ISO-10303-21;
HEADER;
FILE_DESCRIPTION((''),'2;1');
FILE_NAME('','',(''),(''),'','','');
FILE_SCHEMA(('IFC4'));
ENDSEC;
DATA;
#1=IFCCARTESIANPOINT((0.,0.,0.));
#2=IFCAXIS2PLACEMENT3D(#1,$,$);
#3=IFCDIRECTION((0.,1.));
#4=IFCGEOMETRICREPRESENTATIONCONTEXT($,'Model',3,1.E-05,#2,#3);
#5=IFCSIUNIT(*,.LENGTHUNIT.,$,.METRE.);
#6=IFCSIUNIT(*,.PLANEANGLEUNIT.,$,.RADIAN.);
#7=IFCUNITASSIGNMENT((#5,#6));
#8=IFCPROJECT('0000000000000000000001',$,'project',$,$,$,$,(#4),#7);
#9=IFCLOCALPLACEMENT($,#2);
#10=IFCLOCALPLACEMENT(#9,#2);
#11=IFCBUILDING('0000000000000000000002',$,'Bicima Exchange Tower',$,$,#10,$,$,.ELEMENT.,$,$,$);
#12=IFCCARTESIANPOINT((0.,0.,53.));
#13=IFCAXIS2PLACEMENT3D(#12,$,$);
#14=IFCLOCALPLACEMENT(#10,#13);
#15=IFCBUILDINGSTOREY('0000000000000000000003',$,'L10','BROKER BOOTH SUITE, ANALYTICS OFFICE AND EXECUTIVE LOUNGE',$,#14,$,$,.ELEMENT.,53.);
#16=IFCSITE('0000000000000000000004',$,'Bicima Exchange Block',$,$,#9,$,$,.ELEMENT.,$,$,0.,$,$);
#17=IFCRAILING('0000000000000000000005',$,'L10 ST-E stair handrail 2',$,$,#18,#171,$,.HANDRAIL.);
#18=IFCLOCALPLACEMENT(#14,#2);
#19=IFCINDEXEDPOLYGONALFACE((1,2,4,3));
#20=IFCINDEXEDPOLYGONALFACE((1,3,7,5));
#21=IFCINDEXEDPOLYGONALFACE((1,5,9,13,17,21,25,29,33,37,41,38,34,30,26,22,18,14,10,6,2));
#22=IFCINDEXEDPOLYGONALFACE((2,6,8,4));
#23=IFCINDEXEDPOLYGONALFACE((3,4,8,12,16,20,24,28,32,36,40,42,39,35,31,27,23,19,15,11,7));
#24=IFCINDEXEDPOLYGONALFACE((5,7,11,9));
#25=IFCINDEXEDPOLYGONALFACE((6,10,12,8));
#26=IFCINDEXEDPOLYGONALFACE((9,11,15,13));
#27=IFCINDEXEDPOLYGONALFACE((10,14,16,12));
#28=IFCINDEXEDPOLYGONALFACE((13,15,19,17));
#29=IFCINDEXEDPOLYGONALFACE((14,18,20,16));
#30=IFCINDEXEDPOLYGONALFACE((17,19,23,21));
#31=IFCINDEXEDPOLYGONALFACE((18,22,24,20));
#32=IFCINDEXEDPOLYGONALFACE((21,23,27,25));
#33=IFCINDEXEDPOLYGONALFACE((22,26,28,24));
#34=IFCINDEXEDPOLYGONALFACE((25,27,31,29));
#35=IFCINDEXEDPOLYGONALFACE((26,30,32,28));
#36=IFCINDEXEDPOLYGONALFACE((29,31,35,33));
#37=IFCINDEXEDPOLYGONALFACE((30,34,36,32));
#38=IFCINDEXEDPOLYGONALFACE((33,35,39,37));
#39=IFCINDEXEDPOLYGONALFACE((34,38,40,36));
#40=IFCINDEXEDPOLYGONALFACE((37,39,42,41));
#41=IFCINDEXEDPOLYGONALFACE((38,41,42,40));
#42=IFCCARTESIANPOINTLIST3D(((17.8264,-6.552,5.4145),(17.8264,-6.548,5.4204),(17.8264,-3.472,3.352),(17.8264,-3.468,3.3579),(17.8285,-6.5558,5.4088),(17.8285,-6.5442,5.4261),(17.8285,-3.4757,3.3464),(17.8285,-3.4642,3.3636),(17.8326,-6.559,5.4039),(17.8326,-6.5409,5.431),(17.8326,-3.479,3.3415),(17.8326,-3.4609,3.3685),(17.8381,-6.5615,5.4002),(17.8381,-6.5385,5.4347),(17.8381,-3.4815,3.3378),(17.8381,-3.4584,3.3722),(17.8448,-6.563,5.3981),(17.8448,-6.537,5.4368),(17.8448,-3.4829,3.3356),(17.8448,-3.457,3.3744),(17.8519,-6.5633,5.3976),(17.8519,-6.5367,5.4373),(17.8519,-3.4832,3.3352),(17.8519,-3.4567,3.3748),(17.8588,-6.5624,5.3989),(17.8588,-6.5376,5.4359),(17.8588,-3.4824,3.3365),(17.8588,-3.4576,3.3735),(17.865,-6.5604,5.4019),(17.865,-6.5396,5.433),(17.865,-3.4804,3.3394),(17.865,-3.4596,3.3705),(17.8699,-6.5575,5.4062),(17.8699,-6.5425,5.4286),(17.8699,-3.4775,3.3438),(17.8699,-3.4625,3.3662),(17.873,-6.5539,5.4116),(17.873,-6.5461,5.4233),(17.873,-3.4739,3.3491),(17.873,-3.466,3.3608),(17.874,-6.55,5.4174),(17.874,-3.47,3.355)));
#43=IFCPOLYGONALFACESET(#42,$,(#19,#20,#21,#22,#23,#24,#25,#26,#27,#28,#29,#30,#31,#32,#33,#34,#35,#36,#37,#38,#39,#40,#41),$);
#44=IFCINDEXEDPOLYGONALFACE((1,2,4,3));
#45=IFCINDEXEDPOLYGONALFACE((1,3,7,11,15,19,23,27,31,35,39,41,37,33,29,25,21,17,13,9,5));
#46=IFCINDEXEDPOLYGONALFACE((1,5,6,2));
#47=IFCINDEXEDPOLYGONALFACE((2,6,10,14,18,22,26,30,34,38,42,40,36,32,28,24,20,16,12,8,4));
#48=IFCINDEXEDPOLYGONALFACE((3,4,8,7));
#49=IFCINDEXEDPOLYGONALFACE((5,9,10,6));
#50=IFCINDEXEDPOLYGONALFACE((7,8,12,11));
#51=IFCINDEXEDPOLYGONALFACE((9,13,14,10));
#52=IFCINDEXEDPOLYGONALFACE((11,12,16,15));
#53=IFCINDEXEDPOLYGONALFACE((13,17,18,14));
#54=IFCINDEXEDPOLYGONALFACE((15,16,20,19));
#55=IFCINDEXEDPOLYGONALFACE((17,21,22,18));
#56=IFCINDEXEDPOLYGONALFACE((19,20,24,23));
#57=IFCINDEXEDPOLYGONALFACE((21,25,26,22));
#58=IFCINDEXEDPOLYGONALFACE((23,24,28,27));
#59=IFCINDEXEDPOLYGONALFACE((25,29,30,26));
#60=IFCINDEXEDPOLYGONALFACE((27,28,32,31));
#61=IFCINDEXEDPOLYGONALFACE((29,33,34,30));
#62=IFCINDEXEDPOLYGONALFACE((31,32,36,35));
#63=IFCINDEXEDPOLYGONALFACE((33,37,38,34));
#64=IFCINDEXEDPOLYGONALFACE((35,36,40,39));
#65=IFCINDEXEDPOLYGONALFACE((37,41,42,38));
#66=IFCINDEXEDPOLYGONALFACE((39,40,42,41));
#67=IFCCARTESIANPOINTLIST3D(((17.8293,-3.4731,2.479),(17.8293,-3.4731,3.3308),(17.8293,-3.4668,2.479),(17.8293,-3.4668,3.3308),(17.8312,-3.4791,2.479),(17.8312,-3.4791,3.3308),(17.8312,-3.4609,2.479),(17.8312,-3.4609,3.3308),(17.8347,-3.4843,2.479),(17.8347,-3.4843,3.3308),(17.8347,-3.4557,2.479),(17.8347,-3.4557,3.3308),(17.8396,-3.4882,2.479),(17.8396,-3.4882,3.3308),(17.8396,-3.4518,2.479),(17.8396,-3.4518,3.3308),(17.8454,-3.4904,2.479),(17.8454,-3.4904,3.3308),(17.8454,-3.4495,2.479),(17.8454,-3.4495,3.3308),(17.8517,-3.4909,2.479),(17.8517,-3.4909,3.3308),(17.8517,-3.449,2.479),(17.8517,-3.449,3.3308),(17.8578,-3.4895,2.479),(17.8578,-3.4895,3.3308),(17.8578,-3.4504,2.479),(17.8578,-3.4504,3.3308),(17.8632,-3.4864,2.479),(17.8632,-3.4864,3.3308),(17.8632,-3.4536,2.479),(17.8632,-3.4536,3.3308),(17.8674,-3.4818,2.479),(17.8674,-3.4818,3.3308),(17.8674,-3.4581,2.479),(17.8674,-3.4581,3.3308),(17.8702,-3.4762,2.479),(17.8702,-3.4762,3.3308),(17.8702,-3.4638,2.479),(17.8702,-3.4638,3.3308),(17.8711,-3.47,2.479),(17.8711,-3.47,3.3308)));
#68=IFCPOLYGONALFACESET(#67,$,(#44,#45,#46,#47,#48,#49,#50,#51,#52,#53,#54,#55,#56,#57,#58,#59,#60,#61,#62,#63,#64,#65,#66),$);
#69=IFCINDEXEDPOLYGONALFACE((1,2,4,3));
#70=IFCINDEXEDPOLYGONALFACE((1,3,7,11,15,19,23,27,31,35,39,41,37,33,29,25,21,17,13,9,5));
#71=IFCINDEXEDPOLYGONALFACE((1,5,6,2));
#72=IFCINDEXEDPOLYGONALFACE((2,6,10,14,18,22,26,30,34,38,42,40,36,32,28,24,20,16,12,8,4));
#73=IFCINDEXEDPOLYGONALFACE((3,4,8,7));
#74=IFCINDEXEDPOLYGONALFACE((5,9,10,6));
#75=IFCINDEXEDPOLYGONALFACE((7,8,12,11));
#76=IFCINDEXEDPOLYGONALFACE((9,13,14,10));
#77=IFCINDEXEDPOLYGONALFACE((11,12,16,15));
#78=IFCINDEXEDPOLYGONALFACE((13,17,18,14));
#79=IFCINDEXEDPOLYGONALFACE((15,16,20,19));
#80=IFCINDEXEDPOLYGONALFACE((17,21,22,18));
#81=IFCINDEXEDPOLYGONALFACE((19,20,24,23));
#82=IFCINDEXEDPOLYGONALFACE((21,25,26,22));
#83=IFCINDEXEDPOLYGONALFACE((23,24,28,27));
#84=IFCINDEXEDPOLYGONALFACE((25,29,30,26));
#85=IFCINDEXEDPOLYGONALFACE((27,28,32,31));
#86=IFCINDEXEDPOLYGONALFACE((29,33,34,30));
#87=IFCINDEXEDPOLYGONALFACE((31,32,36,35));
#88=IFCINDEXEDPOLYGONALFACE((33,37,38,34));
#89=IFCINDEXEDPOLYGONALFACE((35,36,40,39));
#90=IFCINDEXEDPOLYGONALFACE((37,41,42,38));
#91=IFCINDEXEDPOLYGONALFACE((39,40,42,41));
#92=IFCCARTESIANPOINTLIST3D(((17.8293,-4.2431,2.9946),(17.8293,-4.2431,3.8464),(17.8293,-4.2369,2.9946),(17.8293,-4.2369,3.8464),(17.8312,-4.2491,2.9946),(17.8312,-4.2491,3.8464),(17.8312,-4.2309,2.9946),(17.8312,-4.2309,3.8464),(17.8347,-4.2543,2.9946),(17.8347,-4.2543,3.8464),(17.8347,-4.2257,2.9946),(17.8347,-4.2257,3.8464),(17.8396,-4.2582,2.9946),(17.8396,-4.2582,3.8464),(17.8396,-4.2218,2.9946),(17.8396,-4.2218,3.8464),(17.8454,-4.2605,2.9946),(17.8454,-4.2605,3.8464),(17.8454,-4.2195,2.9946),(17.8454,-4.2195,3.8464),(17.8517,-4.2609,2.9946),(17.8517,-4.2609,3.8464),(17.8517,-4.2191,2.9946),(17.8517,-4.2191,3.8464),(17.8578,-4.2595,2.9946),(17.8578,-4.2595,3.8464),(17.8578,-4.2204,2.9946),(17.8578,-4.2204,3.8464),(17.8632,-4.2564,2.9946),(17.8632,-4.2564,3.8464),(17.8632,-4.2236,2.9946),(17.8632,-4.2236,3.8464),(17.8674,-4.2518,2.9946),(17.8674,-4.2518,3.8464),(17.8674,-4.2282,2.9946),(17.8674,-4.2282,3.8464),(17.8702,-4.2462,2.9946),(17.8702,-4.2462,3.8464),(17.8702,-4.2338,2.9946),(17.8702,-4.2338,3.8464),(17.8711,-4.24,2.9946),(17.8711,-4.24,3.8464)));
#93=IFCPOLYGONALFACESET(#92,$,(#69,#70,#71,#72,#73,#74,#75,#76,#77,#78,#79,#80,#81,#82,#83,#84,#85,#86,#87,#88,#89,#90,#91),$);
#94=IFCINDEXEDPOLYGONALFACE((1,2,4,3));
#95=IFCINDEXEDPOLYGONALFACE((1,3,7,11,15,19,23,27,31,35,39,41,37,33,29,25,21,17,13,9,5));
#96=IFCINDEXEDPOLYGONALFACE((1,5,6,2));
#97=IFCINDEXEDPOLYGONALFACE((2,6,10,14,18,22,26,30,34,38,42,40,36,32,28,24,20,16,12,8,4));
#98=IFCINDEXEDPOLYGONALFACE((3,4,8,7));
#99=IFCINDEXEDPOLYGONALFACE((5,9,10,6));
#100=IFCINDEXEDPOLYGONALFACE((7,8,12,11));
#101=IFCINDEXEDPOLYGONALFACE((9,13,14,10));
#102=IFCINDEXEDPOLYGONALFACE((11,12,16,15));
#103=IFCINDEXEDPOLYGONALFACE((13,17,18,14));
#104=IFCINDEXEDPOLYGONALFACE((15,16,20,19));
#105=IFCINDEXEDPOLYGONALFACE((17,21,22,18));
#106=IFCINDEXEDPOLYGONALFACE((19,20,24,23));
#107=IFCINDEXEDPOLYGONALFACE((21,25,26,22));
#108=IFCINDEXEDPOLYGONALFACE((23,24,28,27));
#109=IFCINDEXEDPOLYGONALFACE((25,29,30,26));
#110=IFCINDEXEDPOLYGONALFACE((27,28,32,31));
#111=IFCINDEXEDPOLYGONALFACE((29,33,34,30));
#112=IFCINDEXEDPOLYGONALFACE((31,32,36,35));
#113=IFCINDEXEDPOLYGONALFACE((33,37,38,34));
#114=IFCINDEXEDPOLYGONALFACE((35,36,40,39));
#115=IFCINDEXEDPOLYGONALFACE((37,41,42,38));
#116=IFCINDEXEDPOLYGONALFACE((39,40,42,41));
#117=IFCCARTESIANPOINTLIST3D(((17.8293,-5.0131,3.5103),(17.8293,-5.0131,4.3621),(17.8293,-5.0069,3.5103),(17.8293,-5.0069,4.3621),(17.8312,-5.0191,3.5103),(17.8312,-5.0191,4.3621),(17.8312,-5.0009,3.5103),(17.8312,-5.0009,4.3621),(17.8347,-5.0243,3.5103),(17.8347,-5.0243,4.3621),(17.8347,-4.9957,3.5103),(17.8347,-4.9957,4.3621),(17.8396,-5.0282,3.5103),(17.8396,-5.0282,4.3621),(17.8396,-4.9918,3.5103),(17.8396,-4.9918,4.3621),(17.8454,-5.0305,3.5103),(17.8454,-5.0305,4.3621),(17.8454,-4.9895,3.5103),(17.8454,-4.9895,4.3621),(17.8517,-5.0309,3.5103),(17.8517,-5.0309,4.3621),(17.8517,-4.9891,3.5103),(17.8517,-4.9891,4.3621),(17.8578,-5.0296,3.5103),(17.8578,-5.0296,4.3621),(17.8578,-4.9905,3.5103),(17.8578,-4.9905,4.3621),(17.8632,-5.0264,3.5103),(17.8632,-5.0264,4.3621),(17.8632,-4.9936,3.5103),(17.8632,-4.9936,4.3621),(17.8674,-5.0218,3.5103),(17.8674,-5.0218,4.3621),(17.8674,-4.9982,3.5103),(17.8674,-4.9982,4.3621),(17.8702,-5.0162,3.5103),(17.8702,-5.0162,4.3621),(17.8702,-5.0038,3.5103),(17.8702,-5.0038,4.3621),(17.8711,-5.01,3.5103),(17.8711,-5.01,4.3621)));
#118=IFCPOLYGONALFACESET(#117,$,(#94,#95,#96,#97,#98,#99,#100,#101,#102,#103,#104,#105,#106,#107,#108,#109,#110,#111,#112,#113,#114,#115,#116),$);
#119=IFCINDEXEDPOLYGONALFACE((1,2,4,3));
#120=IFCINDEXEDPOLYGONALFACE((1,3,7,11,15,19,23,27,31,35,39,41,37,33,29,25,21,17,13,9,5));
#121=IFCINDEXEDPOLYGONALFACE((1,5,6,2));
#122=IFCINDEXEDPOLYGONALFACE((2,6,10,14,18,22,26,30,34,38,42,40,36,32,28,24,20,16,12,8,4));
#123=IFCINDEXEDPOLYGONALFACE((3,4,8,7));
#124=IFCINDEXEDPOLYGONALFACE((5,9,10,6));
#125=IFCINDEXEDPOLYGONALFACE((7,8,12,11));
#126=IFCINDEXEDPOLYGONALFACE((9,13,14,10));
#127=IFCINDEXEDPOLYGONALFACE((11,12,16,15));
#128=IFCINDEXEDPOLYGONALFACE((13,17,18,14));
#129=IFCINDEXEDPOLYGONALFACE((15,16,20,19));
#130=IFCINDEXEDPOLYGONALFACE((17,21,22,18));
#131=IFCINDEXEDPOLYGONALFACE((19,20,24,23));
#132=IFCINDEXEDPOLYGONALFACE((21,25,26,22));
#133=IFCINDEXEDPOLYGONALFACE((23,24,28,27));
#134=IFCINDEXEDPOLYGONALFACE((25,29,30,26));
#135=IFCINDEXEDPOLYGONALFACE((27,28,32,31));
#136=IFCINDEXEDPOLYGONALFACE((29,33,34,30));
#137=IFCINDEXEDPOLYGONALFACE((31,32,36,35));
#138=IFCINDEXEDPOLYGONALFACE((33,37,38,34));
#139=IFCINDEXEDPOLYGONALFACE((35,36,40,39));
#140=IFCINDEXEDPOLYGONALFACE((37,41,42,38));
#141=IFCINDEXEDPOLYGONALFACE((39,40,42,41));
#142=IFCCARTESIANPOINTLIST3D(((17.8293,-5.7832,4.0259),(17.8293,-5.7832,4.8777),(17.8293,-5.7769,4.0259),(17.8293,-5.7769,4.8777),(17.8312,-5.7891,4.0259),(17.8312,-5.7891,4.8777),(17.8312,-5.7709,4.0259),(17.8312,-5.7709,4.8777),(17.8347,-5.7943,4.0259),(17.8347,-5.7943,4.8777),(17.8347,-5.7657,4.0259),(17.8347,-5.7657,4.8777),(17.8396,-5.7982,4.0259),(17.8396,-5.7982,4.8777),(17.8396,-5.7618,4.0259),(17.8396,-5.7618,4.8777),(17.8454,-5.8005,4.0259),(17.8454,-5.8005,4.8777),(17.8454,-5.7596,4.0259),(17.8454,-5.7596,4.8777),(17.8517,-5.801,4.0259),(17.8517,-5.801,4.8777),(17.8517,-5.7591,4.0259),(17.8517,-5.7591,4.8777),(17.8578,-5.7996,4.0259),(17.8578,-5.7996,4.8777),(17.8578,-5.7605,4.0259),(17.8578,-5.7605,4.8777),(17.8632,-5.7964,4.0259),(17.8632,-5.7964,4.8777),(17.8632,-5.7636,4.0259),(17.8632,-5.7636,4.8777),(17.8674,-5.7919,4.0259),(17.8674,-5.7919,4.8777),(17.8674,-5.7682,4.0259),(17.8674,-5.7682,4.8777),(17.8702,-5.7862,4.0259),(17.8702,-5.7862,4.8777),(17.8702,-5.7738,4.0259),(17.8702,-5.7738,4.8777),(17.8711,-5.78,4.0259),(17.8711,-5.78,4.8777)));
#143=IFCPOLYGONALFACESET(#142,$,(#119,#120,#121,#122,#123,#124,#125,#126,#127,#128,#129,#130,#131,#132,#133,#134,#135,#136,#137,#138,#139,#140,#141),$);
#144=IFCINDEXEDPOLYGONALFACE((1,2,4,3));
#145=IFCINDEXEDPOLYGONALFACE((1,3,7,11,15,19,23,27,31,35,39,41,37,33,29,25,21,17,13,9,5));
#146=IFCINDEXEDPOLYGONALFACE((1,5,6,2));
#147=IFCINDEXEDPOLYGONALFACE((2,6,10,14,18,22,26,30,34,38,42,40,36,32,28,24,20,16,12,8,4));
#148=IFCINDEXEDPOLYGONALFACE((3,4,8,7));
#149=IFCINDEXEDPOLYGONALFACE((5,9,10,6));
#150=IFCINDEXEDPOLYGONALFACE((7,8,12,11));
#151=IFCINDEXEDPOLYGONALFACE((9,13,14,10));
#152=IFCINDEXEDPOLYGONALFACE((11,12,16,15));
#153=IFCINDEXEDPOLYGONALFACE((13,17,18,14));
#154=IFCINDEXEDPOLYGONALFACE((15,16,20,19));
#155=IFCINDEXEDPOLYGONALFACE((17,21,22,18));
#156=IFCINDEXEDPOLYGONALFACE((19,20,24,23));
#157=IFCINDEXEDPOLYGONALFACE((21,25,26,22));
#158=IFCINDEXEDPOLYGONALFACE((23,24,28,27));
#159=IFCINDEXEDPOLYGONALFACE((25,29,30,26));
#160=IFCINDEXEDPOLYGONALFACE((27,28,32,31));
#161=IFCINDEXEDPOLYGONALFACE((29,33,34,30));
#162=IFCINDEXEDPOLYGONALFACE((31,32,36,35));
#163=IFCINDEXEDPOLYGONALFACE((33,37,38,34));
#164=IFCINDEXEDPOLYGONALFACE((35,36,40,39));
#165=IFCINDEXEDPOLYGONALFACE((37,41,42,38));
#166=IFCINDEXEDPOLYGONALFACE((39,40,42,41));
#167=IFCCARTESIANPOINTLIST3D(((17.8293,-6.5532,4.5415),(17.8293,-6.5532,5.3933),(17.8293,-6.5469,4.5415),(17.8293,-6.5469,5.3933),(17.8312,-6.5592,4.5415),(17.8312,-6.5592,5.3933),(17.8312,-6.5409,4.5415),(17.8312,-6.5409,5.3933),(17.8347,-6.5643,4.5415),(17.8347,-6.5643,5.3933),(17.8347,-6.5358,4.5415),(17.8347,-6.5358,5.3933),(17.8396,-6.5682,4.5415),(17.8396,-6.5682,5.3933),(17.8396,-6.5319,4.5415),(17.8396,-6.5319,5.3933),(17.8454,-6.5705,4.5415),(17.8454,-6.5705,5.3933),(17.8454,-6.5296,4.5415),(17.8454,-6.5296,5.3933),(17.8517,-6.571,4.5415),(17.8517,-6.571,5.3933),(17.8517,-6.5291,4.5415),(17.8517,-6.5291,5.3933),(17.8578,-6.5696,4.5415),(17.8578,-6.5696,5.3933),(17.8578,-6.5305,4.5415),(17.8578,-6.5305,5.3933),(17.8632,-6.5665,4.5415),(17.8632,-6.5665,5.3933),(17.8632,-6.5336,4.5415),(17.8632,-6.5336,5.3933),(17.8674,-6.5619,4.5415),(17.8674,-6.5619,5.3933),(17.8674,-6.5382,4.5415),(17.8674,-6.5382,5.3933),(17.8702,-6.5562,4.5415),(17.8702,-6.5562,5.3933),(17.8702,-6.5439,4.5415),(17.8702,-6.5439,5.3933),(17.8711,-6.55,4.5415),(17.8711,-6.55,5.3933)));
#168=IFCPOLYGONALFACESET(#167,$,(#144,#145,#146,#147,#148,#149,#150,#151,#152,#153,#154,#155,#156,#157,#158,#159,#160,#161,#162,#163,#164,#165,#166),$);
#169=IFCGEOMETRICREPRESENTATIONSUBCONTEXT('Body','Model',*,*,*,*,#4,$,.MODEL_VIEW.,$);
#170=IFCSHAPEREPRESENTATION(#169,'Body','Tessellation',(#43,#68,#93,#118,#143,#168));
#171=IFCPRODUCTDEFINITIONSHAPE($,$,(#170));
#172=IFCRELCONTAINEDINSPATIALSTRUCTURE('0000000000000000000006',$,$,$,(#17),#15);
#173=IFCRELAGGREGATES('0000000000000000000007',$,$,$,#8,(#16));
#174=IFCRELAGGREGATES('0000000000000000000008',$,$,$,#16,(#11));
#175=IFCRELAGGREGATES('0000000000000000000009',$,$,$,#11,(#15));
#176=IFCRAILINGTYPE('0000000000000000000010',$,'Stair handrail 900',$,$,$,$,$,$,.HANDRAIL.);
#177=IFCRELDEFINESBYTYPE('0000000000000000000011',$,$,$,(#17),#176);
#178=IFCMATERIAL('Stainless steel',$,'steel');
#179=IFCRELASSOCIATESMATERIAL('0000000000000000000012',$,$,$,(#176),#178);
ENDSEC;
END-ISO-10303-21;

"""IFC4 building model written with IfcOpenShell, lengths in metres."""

from ifc_helpers import new_model, si_unit, direction, frame, origin, origin_2d, place, context, subcontext, project, spatial, circle, extrude, material, type_object, element, save


model = new_model("IFC4")

# Units and contexts
model_context = context("Model", 3, precision=1e-05, world=origin(), true_north=direction((0.0, 1.0)))
body_context = subcontext(model_context, "Body", "Model", "MODEL_VIEW")
ifc_project = project(units=[si_unit("LENGTHUNIT", "METRE"), si_unit("PLANEANGLEUNIT", "RADIAN")], contexts=[model_context])

# Site, building, storey
site_placement = place(None, origin())
site = spatial("IfcSite", under=ifc_project, at=site_placement, Name="Bicima Exchange Block", CompositionType="ELEMENT", RefElevation=0.0)
building_placement = place(site_placement, origin())
building = spatial("IfcBuilding", under=site, at=building_placement, Name="Bicima Exchange Tower", CompositionType="ELEMENT")
storey_placement = place(building_placement, frame((0.0, 0.0, 53.0)))
storey = spatial("IfcBuildingStorey", under=building, at=storey_placement, Name="L10", Description="BROKER BOOTH SUITE, ANALYTICS OFFICE AND EXECUTIVE LOUNGE", CompositionType="ELEMENT", Elevation=53.0)

# Railing
ifc_material_1 = material(Name="Stainless steel", Category="steel")
railing_type_1 = type_object("IfcRailingType", Name="Stair handrail 900", PredefinedType="HANDRAIL", material=ifc_material_1)
railing_1_placement = place(storey_placement, frame((17.8501, -3.47, 2.479)))
element("IfcRailing", 1, at=railing_1_placement, inside=storey, type_object=railing_type_1, Name="L10 ST-E stair handrail 2", PredefinedType="HANDRAIL", context=body_context, shape_type="SweptSolid", body=[
    extrude(circle(Radius=0.0239, at=origin_2d()), frame((0.0, 0.0, 0.876), z_axis=(0.0, -0.830914, 0.556401), x_axis=(1.0, 0.0, 0.0)), (0.0, 0.0, 1.0), 3.7068),
    extrude(circle(Radius=0.021, at=origin_2d()), origin(), (0.0, 0.0, 1.0), 0.8518),
    extrude(circle(Radius=0.021, at=origin_2d()), frame((0.0, -0.77, 0.5156)), (0.0, 0.0, 1.0), 0.8518),
    extrude(circle(Radius=0.021, at=origin_2d()), frame((0.0, -1.54, 1.0312)), (0.0, 0.0, 1.0), 0.8518),
    extrude(circle(Radius=0.021, at=origin_2d()), frame((0.0, -2.3101, 1.5469)), (0.0, 0.0, 1.0), 0.8518),
    extrude(circle(Radius=0.021, at=origin_2d()), frame((0.0, -3.0801, 2.0625)), (0.0, 0.0, 1.0), 0.8518),
])

save(model, "model.ifc")
